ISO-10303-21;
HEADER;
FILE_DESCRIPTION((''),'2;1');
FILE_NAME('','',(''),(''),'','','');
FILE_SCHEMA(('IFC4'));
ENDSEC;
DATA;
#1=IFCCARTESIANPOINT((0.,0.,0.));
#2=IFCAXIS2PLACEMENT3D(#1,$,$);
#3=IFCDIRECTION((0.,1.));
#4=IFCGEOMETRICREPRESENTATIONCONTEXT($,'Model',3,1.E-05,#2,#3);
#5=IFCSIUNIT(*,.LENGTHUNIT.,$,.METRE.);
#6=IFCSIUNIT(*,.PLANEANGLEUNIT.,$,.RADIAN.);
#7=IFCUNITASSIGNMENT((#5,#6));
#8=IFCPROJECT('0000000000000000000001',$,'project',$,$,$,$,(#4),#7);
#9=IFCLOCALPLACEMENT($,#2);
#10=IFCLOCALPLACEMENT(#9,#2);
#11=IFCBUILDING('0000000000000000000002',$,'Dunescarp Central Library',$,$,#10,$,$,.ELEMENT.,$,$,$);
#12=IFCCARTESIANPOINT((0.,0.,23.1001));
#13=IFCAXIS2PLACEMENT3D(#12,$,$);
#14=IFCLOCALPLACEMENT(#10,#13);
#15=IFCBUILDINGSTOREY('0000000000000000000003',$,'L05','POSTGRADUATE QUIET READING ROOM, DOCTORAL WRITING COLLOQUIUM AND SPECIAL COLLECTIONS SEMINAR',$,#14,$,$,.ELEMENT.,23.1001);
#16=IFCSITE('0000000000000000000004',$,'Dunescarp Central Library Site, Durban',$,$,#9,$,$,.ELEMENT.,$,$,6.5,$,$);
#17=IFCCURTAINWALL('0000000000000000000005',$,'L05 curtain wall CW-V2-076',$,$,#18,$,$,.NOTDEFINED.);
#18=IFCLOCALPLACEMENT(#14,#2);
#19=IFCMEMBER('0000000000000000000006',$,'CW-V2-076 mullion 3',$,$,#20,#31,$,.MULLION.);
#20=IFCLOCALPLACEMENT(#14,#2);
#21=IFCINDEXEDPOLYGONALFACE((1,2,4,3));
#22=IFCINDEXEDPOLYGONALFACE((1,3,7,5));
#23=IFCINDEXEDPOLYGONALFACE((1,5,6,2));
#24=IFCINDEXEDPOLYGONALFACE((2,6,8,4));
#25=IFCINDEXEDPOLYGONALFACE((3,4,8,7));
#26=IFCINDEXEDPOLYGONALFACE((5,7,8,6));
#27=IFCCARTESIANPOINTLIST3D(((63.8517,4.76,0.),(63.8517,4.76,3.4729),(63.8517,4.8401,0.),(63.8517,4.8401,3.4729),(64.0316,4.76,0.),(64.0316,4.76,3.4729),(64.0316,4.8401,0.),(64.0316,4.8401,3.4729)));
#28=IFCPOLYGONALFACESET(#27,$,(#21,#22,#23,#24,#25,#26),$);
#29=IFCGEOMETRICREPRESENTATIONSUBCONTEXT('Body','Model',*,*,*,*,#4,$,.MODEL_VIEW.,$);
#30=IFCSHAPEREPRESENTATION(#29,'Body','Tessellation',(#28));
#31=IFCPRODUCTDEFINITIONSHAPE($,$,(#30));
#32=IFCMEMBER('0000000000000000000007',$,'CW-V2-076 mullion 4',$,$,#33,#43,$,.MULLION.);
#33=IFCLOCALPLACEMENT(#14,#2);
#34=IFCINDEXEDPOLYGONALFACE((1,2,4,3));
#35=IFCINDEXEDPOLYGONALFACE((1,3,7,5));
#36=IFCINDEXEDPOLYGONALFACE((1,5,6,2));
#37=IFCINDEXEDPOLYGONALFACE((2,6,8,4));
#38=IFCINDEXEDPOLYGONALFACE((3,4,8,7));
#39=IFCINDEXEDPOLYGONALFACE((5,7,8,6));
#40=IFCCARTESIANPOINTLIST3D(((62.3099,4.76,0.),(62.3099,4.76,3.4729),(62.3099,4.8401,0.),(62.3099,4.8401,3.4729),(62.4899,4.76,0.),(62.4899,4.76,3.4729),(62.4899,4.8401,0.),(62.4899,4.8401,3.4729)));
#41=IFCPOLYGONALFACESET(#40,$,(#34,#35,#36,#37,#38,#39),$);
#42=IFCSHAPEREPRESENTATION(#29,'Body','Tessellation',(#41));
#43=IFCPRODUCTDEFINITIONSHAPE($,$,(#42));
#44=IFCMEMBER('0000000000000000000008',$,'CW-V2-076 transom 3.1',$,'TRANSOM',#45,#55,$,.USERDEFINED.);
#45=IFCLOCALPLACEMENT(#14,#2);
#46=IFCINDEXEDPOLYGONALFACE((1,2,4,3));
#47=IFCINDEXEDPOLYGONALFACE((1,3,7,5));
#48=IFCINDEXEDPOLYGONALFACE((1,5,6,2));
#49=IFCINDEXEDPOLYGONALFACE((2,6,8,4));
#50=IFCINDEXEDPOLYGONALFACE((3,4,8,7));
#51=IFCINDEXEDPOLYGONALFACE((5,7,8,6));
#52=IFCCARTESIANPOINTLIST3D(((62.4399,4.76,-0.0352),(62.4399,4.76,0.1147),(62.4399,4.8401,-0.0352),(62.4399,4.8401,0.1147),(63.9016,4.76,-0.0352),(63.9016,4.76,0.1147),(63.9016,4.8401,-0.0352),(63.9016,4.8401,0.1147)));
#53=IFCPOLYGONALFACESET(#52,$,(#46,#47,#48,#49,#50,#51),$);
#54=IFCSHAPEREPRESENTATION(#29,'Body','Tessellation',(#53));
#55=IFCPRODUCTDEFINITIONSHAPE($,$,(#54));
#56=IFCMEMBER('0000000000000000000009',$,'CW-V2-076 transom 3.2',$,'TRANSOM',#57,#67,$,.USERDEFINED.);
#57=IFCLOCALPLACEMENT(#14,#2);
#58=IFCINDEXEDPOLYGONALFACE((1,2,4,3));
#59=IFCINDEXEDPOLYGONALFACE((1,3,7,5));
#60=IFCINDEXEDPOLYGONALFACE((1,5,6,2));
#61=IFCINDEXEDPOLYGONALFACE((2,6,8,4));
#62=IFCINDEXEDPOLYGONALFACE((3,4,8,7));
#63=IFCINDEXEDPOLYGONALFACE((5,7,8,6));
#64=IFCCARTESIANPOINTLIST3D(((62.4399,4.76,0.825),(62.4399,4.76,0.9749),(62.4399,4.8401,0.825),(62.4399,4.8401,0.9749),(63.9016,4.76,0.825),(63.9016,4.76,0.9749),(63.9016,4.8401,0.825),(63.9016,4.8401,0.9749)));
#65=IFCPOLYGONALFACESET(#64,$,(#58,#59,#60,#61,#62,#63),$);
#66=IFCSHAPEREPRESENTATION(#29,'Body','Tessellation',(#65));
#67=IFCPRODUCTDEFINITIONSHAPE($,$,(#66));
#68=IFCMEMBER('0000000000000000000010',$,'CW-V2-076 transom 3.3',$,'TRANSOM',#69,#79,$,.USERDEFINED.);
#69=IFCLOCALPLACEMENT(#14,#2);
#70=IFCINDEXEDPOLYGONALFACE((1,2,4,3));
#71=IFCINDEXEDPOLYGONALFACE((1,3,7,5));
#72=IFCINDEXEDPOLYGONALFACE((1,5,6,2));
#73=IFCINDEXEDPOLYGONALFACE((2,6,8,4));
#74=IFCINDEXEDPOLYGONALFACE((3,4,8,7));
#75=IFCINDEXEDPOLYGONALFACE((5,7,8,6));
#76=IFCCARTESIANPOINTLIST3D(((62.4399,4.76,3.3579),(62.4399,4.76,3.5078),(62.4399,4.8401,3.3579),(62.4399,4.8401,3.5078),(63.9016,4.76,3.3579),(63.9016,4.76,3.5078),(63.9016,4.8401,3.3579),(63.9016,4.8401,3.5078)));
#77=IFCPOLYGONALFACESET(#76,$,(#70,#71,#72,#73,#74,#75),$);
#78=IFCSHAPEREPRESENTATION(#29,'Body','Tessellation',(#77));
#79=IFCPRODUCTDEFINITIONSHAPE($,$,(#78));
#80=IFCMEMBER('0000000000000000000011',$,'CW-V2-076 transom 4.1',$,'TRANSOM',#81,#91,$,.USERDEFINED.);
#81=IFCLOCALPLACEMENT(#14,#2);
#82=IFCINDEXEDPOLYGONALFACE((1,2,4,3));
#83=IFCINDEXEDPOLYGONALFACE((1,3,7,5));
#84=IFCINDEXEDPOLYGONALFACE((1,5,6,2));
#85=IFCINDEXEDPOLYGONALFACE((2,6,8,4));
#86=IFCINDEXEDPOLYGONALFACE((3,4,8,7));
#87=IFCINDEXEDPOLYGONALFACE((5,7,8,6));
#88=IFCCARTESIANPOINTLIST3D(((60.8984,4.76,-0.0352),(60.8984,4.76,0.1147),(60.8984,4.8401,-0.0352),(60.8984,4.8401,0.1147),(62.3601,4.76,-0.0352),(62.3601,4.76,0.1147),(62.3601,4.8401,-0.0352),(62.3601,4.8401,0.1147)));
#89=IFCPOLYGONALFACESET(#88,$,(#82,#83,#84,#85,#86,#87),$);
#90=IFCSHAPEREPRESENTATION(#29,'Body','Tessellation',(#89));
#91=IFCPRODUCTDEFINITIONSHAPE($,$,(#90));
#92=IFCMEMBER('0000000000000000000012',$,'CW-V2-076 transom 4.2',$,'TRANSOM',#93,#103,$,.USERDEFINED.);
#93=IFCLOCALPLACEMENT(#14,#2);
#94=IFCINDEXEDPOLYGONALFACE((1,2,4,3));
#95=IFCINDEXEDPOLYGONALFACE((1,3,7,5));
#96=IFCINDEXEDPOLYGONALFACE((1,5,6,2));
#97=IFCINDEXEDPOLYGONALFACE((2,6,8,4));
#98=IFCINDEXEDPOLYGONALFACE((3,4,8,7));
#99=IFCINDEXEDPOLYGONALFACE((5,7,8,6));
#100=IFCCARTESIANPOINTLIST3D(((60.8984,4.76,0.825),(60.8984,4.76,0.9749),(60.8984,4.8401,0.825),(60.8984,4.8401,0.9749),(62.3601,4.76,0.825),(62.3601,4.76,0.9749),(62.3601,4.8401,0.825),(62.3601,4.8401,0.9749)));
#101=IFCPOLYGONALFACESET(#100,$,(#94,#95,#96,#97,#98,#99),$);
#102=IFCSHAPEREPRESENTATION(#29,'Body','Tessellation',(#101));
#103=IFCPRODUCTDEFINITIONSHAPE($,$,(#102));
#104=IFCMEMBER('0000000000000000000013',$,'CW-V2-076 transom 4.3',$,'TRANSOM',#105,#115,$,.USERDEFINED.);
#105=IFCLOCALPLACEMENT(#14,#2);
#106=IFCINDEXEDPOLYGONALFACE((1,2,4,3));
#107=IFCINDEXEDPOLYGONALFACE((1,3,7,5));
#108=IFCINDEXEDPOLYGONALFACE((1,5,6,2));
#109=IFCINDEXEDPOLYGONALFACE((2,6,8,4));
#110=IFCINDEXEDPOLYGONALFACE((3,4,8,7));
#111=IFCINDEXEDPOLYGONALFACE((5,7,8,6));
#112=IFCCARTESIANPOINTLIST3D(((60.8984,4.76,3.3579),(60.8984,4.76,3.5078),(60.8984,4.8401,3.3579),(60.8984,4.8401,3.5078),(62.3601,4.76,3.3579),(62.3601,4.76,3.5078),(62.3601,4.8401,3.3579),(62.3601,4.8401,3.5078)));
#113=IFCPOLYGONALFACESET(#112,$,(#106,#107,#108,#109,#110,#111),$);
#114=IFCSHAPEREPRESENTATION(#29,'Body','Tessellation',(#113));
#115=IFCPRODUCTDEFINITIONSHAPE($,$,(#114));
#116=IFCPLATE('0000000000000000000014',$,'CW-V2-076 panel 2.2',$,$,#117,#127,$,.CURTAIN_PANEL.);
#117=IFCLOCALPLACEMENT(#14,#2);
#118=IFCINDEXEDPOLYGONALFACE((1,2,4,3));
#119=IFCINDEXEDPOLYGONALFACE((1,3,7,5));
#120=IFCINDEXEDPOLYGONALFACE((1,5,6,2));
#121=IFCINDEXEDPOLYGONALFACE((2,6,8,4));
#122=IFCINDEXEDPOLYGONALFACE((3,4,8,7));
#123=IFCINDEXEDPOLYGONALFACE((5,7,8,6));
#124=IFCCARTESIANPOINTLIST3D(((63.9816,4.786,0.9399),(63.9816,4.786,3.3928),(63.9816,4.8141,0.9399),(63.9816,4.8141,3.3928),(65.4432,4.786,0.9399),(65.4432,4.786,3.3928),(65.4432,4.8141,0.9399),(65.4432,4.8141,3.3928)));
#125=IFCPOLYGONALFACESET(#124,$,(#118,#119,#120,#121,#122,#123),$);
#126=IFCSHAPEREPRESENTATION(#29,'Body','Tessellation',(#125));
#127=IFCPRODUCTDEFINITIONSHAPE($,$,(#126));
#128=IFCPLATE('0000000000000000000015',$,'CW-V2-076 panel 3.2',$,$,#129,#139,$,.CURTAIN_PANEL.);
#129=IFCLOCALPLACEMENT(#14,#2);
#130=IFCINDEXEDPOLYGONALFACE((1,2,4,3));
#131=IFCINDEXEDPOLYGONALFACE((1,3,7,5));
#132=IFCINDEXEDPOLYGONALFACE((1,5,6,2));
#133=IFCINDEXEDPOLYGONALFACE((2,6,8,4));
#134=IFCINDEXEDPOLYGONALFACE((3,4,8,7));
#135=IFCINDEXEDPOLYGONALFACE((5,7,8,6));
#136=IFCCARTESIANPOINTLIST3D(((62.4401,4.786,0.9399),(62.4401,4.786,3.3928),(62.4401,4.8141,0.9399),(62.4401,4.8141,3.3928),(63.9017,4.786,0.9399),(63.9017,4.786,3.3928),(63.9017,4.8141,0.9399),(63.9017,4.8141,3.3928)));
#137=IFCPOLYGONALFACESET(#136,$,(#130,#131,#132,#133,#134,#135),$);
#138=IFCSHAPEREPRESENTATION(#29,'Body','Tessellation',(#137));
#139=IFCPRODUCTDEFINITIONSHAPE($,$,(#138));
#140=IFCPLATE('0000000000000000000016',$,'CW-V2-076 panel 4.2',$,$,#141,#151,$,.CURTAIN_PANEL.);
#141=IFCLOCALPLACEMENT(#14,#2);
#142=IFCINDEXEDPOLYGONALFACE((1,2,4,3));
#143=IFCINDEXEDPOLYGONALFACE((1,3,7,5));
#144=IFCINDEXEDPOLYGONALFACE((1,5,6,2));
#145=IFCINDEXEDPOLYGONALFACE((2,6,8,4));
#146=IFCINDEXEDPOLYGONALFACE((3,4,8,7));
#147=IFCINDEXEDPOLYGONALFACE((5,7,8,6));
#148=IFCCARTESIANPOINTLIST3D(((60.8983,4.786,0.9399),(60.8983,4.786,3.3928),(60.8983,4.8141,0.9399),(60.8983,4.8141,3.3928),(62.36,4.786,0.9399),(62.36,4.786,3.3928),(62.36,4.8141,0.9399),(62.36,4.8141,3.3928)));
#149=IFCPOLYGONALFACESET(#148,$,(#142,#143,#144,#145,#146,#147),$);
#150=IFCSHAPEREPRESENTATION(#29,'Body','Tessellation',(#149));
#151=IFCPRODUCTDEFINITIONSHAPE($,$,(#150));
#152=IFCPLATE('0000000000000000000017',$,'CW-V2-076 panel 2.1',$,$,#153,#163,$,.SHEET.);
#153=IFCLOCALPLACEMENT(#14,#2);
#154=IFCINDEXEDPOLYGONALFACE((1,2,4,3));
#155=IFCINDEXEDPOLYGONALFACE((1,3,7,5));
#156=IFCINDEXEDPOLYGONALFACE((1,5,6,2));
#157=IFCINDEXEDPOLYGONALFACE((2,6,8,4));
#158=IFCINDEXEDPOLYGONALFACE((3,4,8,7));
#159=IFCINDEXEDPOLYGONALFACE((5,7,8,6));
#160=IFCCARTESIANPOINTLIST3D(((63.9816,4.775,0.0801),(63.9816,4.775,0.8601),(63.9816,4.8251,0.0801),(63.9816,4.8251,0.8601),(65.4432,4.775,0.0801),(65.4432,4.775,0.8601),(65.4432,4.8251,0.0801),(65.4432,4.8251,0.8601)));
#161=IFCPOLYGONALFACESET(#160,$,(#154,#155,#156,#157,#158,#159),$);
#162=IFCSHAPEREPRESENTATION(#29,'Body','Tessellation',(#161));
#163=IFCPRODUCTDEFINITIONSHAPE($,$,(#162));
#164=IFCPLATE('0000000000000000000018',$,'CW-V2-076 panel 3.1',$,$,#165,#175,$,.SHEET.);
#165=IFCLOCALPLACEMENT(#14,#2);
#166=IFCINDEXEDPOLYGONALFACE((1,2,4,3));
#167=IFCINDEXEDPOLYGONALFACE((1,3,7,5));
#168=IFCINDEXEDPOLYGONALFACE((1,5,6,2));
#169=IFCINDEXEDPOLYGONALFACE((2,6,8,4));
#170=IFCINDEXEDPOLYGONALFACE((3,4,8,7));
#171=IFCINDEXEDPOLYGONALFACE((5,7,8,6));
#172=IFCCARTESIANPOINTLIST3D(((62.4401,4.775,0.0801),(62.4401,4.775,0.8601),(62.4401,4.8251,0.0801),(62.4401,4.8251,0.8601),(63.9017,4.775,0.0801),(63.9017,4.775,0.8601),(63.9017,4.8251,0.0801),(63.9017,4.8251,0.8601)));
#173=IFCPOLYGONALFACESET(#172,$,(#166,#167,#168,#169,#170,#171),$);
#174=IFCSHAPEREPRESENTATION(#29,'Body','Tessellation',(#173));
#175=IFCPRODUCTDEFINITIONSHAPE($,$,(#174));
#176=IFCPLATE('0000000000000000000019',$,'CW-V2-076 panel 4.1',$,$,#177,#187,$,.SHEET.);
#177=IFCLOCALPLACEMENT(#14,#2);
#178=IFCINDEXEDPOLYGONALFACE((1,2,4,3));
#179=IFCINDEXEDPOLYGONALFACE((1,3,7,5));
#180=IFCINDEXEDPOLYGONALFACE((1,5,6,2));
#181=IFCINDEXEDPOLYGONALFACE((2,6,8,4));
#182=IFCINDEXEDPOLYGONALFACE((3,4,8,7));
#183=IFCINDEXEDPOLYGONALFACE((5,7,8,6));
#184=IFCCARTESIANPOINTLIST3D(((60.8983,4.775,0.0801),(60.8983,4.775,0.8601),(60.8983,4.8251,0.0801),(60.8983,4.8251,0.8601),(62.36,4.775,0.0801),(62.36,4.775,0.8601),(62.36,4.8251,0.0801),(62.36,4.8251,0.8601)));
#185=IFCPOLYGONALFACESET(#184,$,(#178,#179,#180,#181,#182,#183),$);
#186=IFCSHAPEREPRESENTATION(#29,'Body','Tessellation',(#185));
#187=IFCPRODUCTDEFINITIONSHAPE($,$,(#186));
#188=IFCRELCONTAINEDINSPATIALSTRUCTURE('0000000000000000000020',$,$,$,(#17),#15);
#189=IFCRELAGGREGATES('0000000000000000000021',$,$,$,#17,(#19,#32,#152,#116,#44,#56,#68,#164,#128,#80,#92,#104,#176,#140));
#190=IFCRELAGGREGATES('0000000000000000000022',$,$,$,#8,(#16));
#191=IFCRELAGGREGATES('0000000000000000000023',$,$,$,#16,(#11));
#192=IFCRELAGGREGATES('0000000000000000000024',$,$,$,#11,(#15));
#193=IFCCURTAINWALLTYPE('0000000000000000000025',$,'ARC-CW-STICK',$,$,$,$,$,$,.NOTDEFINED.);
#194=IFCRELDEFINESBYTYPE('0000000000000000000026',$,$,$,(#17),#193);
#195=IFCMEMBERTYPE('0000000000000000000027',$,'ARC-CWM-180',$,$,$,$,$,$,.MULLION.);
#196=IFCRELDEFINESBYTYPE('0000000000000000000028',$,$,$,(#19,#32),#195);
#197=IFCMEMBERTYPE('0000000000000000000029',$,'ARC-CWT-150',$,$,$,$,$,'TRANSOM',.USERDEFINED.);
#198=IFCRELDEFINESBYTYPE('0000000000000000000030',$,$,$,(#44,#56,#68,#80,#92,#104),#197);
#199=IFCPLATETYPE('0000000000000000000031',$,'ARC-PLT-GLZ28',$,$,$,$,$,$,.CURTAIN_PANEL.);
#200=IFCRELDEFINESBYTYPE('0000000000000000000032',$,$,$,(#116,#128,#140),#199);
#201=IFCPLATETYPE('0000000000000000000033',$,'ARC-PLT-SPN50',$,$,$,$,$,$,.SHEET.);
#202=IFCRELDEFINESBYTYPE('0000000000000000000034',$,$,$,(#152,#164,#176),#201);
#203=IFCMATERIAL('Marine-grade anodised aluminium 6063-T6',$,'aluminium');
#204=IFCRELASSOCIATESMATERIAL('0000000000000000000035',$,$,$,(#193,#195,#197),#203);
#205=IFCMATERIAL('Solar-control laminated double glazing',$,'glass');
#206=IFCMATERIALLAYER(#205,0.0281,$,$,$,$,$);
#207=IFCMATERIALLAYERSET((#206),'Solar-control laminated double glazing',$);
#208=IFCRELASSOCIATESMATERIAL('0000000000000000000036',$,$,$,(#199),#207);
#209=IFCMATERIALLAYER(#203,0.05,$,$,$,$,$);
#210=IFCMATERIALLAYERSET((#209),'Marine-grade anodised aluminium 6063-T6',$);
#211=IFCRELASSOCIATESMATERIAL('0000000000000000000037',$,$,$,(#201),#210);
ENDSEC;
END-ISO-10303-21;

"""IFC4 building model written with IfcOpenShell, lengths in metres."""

from ifc_helpers import new_model, si_unit, direction, frame, origin, origin_2d, place, context, subcontext, project, spatial, rectangle, extrude, material, layer, layer_set, material_profile, profile_set, type_object, element, aggregate, save


model = new_model("IFC4")

# Units and contexts
model_context = context("Model", 3, precision=1e-05, world=origin(), true_north=direction((0.0, 1.0)))
body_context = subcontext(model_context, "Body", "Model", "MODEL_VIEW")
ifc_project = project(units=[si_unit("LENGTHUNIT", "METRE"), si_unit("PLANEANGLEUNIT", "RADIAN")], contexts=[model_context])

# Site, building, storey
site_placement = place(None, origin())
site = spatial("IfcSite", under=ifc_project, at=site_placement, Name="Dunescarp Central Library Site, Durban", CompositionType="ELEMENT", RefElevation=6.5)
building_placement = place(site_placement, origin())
building = spatial("IfcBuilding", under=site, at=building_placement, Name="Dunescarp Central Library", CompositionType="ELEMENT")
storey_placement = place(building_placement, frame((0.0, 0.0, 23.1001)))
storey = spatial("IfcBuildingStorey", under=building, at=storey_placement, Name="L05", Description="POSTGRADUATE QUIET READING ROOM, DOCTORAL WRITING COLLOQUIUM AND SPECIAL COLLECTIONS SEMINAR", CompositionType="ELEMENT", Elevation=23.1001)

# Curtain wall, members, plates
ifc_material_1 = material(Name="Marine-grade anodised aluminium 6063-T6", Category="aluminium")
curtain_wall_type = type_object("IfcCurtainWallType", Name="ARC-CW-STICK", PredefinedType="NOTDEFINED", material=ifc_material_1)
curtain_wall_placement = place(storey_placement, origin())
curtain_wall = element("IfcCurtainWall", 1, at=curtain_wall_placement, inside=storey, type_object=curtain_wall_type, Name="L05 curtain wall CW-V2-076", PredefinedType="NOTDEFINED")
ifc_material_profile_1 = material_profile(ifc_material_1, rectangle(XDim=0.0801, YDim=0.1799, at=origin_2d()), Name="AL 80x180")
ifc_profile_set_1 = profile_set([ifc_material_profile_1], Name="Marine-grade anodised aluminium 6063-T6")
member_type_1 = type_object("IfcMemberType", Name="ARC-CWM-180", PredefinedType="MULLION", material=ifc_profile_set_1)
member_1_placement = place(storey_placement, frame((63.9417, 4.8, 0.0), z_axis=(0.0, 0.0, 1.0), x_axis=(0.0, -1.0, 0.0)))
member_1 = element("IfcMember", 2, at=member_1_placement, type_object=member_type_1, Name="CW-V2-076 mullion 3", PredefinedType="MULLION", context=body_context, shape_type="SweptSolid", body=[
    extrude(rectangle(XDim=0.0801, YDim=0.1799, at=origin_2d()), origin(), (0.0, 0.0, 1.0), 3.4729),
])
member_2_placement = place(storey_placement, frame((62.3999, 4.8, 0.0), z_axis=(0.0, 0.0, 1.0), x_axis=(0.0, -1.0, 0.0)))
member_2 = element("IfcMember", 3, at=member_2_placement, type_object=member_type_1, Name="CW-V2-076 mullion 4", PredefinedType="MULLION", context=body_context, shape_type="SweptSolid", body=[
    extrude(rectangle(XDim=0.0801, YDim=0.1799, at=origin_2d()), origin(), (0.0, 0.0, 1.0), 3.4729),
])
ifc_material_profile_2 = material_profile(ifc_material_1, rectangle(XDim=0.0801, YDim=0.1499, at=origin_2d()), Name="AL 80x150")
ifc_profile_set_2 = profile_set([ifc_material_profile_2], Name="Marine-grade anodised aluminium 6063-T6")
member_type_2 = type_object("IfcMemberType", Name="ARC-CWT-150", ElementType="TRANSOM", PredefinedType="USERDEFINED", material=ifc_profile_set_2)
member_3_placement = place(storey_placement, frame((63.9016, 4.8, 0.0398), z_axis=(-1.0, 0.0, 0.0), x_axis=(0.0, -1.0, 0.0)))
member_3 = element("IfcMember", 4, at=member_3_placement, type_object=member_type_2, Name="CW-V2-076 transom 3.1", ObjectType="TRANSOM", PredefinedType="USERDEFINED", context=body_context, shape_type="SweptSolid", body=[
    extrude(rectangle(XDim=0.0801, YDim=0.1499, at=origin_2d()), origin(), (0.0, 0.0, 1.0), 1.4617),
])
member_4_placement = place(storey_placement, frame((63.9016, 4.8, 0.8999), z_axis=(-1.0, 0.0, 0.0), x_axis=(0.0, -1.0, 0.0)))
member_4 = element("IfcMember", 5, at=member_4_placement, type_object=member_type_2, Name="CW-V2-076 transom 3.2", ObjectType="TRANSOM", PredefinedType="USERDEFINED", context=body_context, shape_type="SweptSolid", body=[
    extrude(rectangle(XDim=0.0801, YDim=0.1499, at=origin_2d()), origin(), (0.0, 0.0, 1.0), 1.4617),
])
member_5_placement = place(storey_placement, frame((63.9016, 4.8, 3.4329), z_axis=(-1.0, 0.0, 0.0), x_axis=(0.0, -1.0, 0.0)))
member_5 = element("IfcMember", 6, at=member_5_placement, type_object=member_type_2, Name="CW-V2-076 transom 3.3", ObjectType="TRANSOM", PredefinedType="USERDEFINED", context=body_context, shape_type="SweptSolid", body=[
    extrude(rectangle(XDim=0.0801, YDim=0.1499, at=origin_2d()), origin(), (0.0, 0.0, 1.0), 1.4617),
])
member_6_placement = place(storey_placement, frame((62.3601, 4.8, 0.0398), z_axis=(-1.0, 0.0, 0.0), x_axis=(0.0, -1.0, 0.0)))
member_6 = element("IfcMember", 7, at=member_6_placement, type_object=member_type_2, Name="CW-V2-076 transom 4.1", ObjectType="TRANSOM", PredefinedType="USERDEFINED", context=body_context, shape_type="SweptSolid", body=[
    extrude(rectangle(XDim=0.0801, YDim=0.1499, at=origin_2d()), origin(), (0.0, 0.0, 1.0), 1.4617),
])
member_7_placement = place(storey_placement, frame((62.3601, 4.8, 0.8999), z_axis=(-1.0, 0.0, 0.0), x_axis=(0.0, -1.0, 0.0)))
member_7 = element("IfcMember", 8, at=member_7_placement, type_object=member_type_2, Name="CW-V2-076 transom 4.2", ObjectType="TRANSOM", PredefinedType="USERDEFINED", context=body_context, shape_type="SweptSolid", body=[
    extrude(rectangle(XDim=0.0801, YDim=0.1499, at=origin_2d()), origin(), (0.0, 0.0, 1.0), 1.4617),
])
member_8_placement = place(storey_placement, frame((62.3601, 4.8, 3.4329), z_axis=(-1.0, 0.0, 0.0), x_axis=(0.0, -1.0, 0.0)))
member_8 = element("IfcMember", 9, at=member_8_placement, type_object=member_type_2, Name="CW-V2-076 transom 4.3", ObjectType="TRANSOM", PredefinedType="USERDEFINED", context=body_context, shape_type="SweptSolid", body=[
    extrude(rectangle(XDim=0.0801, YDim=0.1499, at=origin_2d()), origin(), (0.0, 0.0, 1.0), 1.4617),
])
ifc_material_2 = material(Name="Solar-control laminated double glazing", Category="glass")
ifc_layer_1 = layer(ifc_material_2, 0.0281)
ifc_layer_set_1 = layer_set([ifc_layer_1], Name="Solar-control laminated double glazing")
plate_type_1 = type_object("IfcPlateType", Name="ARC-PLT-GLZ28", PredefinedType="CURTAIN_PANEL", material=ifc_layer_set_1)
plate_1_placement = place(storey_placement, frame((64.7124, 4.8, 0.9399), z_axis=(0.0, 0.0, 1.0), x_axis=(-1.0, 0.0, 0.0)))
plate_1 = element("IfcPlate", 10, at=plate_1_placement, type_object=plate_type_1, Name="CW-V2-076 panel 2.2", PredefinedType="CURTAIN_PANEL", context=body_context, shape_type="SweptSolid", body=[
    extrude(rectangle(XDim=1.4617, YDim=0.0281, at=origin_2d()), origin(), (0.0, 0.0, 1.0), 2.4529),
])
plate_2_placement = place(storey_placement, frame((63.1709, 4.8, 0.9399), z_axis=(0.0, 0.0, 1.0), x_axis=(-1.0, 0.0, 0.0)))
plate_2 = element("IfcPlate", 11, at=plate_2_placement, type_object=plate_type_1, Name="CW-V2-076 panel 3.2", PredefinedType="CURTAIN_PANEL", context=body_context, shape_type="SweptSolid", body=[
    extrude(rectangle(XDim=1.4617, YDim=0.0281, at=origin_2d()), origin(), (0.0, 0.0, 1.0), 2.4529),
])
plate_3_placement = place(storey_placement, frame((61.6292, 4.8, 0.9399), z_axis=(0.0, 0.0, 1.0), x_axis=(-1.0, 0.0, 0.0)))
plate_3 = element("IfcPlate", 12, at=plate_3_placement, type_object=plate_type_1, Name="CW-V2-076 panel 4.2", PredefinedType="CURTAIN_PANEL", context=body_context, shape_type="SweptSolid", body=[
    extrude(rectangle(XDim=1.4617, YDim=0.0281, at=origin_2d()), origin(), (0.0, 0.0, 1.0), 2.4529),
])
ifc_layer_2 = layer(ifc_material_1, 0.05)
ifc_layer_set_2 = layer_set([ifc_layer_2], Name="Marine-grade anodised aluminium 6063-T6")
plate_type_2 = type_object("IfcPlateType", Name="ARC-PLT-SPN50", PredefinedType="SHEET", material=ifc_layer_set_2)
plate_4_placement = place(storey_placement, frame((64.7124, 4.8, 0.0801), z_axis=(0.0, 0.0, 1.0), x_axis=(-1.0, 0.0, 0.0)))
plate_4 = element("IfcPlate", 13, at=plate_4_placement, type_object=plate_type_2, Name="CW-V2-076 panel 2.1", PredefinedType="SHEET", context=body_context, shape_type="SweptSolid", body=[
    extrude(rectangle(XDim=1.4617, YDim=0.05, at=origin_2d()), origin(), (0.0, 0.0, 1.0), 0.78),
])
plate_5_placement = place(storey_placement, frame((63.1709, 4.8, 0.0801), z_axis=(0.0, 0.0, 1.0), x_axis=(-1.0, 0.0, 0.0)))
plate_5 = element("IfcPlate", 14, at=plate_5_placement, type_object=plate_type_2, Name="CW-V2-076 panel 3.1", PredefinedType="SHEET", context=body_context, shape_type="SweptSolid", body=[
    extrude(rectangle(XDim=1.4617, YDim=0.05, at=origin_2d()), origin(), (0.0, 0.0, 1.0), 0.78),
])
plate_6_placement = place(storey_placement, frame((61.6292, 4.8, 0.0801), z_axis=(0.0, 0.0, 1.0), x_axis=(-1.0, 0.0, 0.0)))
plate_6 = element("IfcPlate", 15, at=plate_6_placement, type_object=plate_type_2, Name="CW-V2-076 panel 4.1", PredefinedType="SHEET", context=body_context, shape_type="SweptSolid", body=[
    extrude(rectangle(XDim=1.4617, YDim=0.05, at=origin_2d()), origin(), (0.0, 0.0, 1.0), 0.78),
])
aggregate(curtain_wall, [member_1, member_2, plate_4, plate_1, member_3, member_4, member_5, plate_5, plate_2, member_6, member_7, member_8, plate_6, plate_3])

save(model, "model.ifc")
